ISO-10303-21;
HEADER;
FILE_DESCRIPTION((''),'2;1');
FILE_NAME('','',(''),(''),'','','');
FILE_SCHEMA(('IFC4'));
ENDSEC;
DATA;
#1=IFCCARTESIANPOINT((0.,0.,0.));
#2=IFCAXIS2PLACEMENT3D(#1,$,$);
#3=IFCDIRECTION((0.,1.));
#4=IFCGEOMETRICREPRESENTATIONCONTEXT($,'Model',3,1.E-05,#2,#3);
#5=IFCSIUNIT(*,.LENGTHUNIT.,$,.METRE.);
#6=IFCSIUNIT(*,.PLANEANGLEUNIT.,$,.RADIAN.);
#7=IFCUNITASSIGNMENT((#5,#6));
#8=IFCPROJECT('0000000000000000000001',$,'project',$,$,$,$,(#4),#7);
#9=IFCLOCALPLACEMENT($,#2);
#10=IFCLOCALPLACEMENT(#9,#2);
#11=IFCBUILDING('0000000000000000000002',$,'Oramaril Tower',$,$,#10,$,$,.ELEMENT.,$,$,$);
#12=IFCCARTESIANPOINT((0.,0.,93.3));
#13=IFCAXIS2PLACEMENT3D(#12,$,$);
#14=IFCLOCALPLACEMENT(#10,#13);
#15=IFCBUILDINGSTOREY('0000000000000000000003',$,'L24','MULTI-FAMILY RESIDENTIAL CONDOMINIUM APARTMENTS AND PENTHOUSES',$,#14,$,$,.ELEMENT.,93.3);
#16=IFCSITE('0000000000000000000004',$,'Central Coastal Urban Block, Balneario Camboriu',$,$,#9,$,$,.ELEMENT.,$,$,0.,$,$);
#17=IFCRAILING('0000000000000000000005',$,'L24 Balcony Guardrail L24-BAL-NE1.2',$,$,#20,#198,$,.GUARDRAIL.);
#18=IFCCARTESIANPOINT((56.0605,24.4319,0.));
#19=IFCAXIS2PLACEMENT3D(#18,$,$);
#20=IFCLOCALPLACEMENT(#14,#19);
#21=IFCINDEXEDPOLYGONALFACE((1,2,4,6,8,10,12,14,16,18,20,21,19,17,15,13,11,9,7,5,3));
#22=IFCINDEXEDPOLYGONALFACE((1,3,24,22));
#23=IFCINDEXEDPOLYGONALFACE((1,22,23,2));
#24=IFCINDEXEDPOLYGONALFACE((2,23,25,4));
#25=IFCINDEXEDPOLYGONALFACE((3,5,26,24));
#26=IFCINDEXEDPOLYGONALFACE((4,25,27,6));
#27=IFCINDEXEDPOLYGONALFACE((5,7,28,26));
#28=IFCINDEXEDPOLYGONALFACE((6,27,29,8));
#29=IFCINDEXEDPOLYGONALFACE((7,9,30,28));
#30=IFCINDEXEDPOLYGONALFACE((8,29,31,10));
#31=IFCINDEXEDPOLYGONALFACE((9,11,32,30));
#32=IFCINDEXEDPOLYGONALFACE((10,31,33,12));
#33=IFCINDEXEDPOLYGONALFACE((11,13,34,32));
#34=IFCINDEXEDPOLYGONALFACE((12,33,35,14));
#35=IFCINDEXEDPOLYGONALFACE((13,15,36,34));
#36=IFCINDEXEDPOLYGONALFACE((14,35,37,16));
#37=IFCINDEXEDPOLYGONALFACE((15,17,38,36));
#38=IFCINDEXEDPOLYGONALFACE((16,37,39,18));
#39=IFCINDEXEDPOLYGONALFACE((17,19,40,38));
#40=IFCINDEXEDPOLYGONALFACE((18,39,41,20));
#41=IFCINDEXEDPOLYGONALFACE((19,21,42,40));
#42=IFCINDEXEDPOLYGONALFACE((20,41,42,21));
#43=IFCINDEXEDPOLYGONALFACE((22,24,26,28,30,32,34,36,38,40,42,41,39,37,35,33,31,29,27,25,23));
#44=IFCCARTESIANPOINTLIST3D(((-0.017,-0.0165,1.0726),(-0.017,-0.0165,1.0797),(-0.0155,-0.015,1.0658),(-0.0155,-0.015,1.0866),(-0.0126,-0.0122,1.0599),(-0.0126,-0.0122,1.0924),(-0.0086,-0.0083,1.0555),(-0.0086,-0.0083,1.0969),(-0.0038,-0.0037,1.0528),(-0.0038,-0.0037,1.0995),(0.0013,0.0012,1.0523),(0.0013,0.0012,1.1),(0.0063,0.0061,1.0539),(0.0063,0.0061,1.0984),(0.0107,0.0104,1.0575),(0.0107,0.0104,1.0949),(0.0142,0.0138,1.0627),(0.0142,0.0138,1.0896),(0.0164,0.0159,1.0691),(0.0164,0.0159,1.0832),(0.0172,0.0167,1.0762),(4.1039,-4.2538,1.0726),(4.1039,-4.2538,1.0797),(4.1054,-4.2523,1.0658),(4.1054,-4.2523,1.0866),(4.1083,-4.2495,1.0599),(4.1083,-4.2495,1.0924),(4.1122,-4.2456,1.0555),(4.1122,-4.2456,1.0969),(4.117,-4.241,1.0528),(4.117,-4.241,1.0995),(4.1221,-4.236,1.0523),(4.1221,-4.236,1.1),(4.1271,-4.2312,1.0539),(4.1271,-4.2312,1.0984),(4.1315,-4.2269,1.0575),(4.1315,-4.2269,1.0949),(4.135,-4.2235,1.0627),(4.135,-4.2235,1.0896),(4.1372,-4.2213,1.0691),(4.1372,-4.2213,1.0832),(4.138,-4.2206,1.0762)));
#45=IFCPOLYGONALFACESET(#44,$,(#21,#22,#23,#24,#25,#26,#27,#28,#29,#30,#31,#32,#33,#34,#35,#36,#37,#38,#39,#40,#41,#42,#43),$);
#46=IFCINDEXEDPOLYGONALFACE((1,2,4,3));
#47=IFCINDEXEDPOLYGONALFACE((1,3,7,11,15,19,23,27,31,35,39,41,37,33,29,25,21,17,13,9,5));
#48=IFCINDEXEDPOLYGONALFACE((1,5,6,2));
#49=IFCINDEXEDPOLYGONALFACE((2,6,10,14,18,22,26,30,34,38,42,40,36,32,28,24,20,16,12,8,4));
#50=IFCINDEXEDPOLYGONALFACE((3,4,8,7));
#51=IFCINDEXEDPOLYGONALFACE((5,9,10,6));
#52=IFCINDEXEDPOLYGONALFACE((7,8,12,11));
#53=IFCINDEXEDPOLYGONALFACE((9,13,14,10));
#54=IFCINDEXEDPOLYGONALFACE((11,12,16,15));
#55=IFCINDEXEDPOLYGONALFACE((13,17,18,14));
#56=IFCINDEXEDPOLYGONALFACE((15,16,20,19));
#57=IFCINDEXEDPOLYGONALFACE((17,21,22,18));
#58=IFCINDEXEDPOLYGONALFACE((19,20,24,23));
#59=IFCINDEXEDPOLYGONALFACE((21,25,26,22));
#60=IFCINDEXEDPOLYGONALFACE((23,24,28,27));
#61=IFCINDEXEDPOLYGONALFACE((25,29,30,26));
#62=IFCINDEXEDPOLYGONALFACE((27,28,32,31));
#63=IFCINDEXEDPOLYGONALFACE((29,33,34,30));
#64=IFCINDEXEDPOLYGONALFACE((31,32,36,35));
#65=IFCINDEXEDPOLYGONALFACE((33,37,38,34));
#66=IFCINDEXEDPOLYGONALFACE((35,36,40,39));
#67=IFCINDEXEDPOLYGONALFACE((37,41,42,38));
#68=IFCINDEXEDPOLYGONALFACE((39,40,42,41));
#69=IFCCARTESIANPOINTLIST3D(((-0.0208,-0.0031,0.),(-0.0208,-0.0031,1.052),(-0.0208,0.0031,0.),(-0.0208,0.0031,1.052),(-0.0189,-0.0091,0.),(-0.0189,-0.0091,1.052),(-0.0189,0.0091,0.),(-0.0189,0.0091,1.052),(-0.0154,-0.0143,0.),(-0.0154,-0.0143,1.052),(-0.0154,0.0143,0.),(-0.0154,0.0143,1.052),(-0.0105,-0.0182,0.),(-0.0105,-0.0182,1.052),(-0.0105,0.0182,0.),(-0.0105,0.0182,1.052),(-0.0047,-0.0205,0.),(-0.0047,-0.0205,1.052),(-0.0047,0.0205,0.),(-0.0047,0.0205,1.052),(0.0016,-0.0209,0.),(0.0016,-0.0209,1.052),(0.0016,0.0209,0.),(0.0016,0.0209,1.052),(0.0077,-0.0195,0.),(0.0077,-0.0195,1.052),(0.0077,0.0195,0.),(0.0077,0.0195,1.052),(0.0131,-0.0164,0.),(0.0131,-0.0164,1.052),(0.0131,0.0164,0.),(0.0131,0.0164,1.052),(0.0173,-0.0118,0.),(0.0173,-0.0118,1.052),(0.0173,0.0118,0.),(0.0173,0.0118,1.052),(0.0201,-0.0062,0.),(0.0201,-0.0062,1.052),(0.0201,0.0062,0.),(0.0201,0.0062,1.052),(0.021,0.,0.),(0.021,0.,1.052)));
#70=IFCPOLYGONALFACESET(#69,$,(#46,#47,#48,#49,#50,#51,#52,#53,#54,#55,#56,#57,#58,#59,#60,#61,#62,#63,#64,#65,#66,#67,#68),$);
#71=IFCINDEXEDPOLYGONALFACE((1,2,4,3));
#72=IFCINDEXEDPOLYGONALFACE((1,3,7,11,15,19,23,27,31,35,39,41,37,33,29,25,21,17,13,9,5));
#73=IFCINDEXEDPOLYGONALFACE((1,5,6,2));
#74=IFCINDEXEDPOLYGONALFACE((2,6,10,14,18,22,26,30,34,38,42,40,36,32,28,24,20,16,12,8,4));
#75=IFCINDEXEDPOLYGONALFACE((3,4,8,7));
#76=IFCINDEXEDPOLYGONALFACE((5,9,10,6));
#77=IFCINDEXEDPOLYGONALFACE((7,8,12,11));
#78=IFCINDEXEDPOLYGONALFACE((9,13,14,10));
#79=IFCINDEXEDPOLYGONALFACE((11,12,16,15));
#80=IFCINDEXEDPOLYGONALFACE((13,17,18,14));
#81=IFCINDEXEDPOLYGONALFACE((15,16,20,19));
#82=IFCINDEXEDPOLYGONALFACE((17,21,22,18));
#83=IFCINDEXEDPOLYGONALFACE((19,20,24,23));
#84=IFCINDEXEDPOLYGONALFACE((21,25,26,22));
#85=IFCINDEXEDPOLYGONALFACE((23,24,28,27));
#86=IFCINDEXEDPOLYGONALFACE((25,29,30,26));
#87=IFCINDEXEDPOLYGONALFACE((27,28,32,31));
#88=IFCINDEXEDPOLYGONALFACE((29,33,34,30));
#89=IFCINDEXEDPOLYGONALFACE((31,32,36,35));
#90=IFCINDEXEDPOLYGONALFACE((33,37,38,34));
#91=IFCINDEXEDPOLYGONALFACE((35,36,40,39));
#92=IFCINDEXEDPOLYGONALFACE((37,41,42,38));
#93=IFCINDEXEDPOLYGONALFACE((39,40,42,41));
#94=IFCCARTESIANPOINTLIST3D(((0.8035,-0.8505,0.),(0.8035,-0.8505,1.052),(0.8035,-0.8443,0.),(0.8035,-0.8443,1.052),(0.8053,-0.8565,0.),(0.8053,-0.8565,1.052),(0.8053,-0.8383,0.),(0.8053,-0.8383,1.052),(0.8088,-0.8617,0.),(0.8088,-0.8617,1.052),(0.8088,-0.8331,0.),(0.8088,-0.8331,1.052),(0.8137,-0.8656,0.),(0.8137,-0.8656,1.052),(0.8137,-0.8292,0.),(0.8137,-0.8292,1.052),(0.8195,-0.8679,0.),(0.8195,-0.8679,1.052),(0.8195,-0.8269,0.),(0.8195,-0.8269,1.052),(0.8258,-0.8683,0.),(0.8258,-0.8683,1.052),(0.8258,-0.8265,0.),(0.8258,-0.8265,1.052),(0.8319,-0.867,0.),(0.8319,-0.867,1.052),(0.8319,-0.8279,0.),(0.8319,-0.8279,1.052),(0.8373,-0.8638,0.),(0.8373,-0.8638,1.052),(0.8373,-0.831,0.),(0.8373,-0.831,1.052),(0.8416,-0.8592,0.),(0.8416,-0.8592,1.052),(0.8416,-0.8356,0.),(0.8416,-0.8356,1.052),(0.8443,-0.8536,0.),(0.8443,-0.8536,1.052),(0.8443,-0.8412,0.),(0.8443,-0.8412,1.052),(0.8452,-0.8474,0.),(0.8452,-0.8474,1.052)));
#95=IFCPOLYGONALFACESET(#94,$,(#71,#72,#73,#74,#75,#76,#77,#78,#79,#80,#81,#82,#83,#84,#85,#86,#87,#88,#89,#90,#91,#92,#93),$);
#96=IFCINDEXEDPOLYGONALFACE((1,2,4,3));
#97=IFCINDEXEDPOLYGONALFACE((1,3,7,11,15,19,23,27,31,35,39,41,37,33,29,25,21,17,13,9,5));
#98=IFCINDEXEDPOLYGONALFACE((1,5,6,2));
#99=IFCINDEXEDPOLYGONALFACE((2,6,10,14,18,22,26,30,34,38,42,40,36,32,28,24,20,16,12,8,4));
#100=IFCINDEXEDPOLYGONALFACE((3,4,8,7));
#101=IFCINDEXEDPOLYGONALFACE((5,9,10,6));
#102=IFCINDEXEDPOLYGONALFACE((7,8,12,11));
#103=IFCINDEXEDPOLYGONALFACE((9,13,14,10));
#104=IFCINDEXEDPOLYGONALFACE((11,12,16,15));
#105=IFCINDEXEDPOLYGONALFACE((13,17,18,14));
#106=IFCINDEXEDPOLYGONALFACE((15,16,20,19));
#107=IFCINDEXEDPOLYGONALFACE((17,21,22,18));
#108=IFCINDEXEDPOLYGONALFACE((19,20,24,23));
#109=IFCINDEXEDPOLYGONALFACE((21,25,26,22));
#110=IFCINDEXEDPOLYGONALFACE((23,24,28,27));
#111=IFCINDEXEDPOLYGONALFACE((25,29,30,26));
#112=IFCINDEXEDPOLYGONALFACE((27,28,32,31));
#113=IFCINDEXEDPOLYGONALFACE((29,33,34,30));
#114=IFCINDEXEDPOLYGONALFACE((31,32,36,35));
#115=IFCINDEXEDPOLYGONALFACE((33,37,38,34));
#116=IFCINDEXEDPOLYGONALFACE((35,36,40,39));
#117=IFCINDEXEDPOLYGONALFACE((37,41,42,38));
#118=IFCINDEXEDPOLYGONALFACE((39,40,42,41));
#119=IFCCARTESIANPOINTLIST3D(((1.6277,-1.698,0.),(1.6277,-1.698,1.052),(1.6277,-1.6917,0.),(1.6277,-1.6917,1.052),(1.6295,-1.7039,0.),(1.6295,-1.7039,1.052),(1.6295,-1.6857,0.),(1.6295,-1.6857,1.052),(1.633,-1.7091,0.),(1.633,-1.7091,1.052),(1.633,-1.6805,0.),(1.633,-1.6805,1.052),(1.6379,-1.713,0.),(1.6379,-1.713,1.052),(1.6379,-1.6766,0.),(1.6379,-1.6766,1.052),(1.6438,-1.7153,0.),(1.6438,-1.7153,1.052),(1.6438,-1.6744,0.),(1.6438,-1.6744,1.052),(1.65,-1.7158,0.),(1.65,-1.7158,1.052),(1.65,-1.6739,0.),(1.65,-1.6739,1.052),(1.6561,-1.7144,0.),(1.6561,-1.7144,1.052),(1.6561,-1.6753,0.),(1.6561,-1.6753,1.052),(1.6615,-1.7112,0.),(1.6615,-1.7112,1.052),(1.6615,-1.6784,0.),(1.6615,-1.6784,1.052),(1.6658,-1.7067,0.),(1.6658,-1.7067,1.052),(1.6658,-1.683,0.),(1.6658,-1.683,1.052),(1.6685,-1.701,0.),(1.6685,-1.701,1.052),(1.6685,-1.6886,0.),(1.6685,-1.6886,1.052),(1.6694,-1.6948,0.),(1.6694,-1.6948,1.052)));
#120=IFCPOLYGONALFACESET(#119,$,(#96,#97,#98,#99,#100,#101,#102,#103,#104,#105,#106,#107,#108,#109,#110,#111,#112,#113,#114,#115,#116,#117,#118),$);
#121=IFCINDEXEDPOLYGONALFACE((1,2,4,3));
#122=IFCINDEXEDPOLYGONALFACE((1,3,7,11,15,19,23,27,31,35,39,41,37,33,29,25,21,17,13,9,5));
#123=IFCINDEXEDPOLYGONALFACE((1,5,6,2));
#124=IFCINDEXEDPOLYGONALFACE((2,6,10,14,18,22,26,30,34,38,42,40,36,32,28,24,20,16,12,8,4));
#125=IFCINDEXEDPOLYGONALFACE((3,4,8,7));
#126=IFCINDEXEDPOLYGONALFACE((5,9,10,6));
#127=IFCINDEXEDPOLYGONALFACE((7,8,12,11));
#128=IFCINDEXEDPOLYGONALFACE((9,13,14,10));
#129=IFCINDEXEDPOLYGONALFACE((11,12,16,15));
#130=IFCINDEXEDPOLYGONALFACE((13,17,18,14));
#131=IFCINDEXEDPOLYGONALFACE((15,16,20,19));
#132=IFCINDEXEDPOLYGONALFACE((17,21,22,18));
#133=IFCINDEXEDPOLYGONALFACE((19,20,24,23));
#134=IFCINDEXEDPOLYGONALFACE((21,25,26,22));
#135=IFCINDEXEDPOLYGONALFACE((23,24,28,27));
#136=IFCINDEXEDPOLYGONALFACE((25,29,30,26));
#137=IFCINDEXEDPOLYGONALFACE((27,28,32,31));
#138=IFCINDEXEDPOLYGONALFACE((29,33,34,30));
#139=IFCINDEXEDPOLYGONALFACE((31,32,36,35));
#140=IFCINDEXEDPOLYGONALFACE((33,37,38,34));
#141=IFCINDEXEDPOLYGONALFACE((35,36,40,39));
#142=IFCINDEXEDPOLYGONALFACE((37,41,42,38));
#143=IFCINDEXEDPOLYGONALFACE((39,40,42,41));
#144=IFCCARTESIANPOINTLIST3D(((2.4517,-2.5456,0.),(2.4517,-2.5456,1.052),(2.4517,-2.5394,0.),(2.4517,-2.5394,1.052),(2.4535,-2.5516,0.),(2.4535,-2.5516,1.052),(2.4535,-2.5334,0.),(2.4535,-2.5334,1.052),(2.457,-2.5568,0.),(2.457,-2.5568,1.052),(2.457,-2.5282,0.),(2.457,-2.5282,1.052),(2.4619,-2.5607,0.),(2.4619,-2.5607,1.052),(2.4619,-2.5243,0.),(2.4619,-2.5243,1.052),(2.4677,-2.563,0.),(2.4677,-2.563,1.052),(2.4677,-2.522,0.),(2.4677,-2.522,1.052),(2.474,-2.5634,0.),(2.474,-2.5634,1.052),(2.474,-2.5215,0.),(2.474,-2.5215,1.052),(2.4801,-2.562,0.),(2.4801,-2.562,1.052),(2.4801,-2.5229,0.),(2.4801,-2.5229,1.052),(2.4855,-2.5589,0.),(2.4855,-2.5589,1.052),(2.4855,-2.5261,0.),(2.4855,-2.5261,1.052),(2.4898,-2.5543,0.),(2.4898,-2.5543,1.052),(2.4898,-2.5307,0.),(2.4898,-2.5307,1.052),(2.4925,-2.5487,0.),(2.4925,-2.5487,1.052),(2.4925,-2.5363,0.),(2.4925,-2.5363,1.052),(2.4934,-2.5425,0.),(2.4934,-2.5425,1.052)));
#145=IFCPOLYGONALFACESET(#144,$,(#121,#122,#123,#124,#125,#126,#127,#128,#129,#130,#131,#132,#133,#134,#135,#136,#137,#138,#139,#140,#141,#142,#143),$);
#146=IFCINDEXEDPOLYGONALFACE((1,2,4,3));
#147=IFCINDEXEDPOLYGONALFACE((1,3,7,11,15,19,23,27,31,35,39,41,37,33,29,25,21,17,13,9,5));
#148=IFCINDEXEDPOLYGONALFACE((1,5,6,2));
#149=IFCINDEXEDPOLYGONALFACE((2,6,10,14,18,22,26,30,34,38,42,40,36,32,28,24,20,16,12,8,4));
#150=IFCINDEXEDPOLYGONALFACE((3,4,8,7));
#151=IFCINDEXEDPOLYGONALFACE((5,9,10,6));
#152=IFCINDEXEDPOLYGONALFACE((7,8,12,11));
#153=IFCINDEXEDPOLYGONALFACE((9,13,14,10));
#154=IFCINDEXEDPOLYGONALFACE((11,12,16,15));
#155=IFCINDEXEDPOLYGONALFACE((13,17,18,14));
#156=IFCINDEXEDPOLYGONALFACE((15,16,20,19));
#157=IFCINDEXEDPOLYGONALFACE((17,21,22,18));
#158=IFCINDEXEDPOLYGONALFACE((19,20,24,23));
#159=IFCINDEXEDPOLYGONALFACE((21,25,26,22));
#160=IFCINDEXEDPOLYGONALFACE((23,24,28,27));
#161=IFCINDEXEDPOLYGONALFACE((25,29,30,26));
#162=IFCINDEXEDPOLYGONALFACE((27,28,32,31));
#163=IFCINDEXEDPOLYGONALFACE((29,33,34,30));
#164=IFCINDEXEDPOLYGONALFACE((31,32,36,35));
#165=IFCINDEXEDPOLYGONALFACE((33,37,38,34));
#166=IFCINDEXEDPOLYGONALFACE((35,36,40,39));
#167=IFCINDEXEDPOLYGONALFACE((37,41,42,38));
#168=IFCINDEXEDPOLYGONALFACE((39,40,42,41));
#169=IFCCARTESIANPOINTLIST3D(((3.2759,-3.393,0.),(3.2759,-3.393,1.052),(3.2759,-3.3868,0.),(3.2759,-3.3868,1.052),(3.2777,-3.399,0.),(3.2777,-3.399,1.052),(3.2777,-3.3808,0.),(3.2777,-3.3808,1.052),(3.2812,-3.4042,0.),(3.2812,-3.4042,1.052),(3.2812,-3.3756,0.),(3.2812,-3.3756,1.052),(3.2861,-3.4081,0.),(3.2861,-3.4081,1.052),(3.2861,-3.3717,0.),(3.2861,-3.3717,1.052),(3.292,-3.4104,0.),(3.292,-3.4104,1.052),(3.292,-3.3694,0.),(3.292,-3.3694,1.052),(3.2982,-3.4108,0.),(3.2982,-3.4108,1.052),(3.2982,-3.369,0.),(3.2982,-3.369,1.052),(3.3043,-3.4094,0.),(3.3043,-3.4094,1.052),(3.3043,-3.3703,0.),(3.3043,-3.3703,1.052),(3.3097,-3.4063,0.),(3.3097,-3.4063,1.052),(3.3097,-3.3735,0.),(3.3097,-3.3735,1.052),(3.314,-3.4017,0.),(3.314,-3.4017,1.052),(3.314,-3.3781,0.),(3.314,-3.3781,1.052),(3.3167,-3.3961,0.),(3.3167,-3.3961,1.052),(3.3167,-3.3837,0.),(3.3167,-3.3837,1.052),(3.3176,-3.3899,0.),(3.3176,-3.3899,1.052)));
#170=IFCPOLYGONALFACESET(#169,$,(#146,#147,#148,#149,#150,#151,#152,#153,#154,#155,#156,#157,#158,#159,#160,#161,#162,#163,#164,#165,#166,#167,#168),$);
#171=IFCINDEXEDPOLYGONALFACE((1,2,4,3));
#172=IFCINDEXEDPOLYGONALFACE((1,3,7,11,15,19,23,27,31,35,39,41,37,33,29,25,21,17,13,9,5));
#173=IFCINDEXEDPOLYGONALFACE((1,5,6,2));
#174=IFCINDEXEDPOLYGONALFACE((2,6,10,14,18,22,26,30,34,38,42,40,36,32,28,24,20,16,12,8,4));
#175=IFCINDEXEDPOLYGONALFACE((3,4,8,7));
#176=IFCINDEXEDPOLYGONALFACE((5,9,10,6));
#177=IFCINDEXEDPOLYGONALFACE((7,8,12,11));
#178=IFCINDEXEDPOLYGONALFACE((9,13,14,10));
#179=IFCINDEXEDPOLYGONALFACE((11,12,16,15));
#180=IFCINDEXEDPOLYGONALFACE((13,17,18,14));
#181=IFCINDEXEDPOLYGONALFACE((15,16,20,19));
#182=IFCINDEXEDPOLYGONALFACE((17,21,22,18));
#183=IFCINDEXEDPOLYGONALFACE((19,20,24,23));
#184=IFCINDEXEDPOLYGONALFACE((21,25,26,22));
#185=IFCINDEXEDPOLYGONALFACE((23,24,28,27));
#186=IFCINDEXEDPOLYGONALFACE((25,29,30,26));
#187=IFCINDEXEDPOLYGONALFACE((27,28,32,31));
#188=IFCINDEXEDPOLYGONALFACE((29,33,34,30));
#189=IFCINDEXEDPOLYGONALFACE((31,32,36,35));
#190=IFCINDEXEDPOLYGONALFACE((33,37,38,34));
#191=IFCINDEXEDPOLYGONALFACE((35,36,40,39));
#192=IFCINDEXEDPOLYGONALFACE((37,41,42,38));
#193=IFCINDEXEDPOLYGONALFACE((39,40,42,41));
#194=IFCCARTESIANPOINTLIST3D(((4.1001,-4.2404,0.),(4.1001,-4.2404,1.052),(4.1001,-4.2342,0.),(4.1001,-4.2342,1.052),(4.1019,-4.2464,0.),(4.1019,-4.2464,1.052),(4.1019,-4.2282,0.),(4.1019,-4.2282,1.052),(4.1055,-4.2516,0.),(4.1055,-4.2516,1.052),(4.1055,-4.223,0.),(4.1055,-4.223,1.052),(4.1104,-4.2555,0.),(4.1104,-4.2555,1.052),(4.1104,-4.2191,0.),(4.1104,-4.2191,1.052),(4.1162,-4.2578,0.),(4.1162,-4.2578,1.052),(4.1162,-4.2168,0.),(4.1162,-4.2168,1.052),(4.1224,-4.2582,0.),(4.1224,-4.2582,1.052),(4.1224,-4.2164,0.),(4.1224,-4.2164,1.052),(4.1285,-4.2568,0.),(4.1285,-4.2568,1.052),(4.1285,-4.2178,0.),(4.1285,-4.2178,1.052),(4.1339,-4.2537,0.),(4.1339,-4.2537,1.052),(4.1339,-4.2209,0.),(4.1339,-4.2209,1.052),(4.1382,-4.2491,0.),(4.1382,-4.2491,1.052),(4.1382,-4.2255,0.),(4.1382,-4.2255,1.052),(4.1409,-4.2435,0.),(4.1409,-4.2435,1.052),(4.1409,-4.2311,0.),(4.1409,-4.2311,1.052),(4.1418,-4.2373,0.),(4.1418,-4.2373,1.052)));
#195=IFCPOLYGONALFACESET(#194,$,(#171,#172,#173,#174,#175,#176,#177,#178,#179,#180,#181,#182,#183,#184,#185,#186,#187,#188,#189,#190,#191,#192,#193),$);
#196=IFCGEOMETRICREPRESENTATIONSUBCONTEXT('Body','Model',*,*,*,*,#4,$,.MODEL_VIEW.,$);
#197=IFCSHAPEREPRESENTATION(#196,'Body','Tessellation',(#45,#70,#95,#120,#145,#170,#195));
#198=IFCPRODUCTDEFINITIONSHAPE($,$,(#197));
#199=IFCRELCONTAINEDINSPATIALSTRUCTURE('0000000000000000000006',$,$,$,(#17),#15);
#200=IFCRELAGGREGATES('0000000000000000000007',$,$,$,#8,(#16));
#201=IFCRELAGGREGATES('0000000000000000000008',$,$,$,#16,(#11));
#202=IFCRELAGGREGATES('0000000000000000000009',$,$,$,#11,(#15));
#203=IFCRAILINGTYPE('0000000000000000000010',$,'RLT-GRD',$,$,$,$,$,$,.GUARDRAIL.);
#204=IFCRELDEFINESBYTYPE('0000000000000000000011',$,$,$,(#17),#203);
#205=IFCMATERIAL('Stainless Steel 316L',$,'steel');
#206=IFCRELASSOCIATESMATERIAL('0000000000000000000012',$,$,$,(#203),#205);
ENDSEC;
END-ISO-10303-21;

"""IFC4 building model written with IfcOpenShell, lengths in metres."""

from ifc_helpers import new_model, si_unit, direction, frame, origin, origin_2d, place, context, subcontext, project, spatial, circle, extrude, material, type_object, element, save


model = new_model("IFC4")

# Units and contexts
model_context = context("Model", 3, precision=1e-05, world=origin(), true_north=direction((0.0, 1.0)))
body_context = subcontext(model_context, "Body", "Model", "MODEL_VIEW")
ifc_project = project(units=[si_unit("LENGTHUNIT", "METRE"), si_unit("PLANEANGLEUNIT", "RADIAN")], contexts=[model_context])

# Site, building, storey
site_placement = place(None, origin())
site = spatial("IfcSite", under=ifc_project, at=site_placement, Name="Central Coastal Urban Block, Balneario Camboriu", CompositionType="ELEMENT", RefElevation=0.0)
building_placement = place(site_placement, origin())
building = spatial("IfcBuilding", under=site, at=building_placement, Name="Oramaril Tower", CompositionType="ELEMENT")
storey_placement = place(building_placement, frame((0.0, 0.0, 93.3)))
storey = spatial("IfcBuildingStorey", under=building, at=storey_placement, Name="L24", Description="MULTI-FAMILY RESIDENTIAL CONDOMINIUM APARTMENTS AND PENTHOUSES", CompositionType="ELEMENT", Elevation=93.3)

# Railing
ifc_material_1 = material(Name="Stainless Steel 316L", Category="steel")
railing_type = type_object("IfcRailingType", Name="RLT-GRD", PredefinedType="GUARDRAIL", material=ifc_material_1)
railing_1_placement = place(storey_placement, frame((56.0605, 24.4319, 0.0)))
element("IfcRailing", 1, at=railing_1_placement, inside=storey, type_object=railing_type, Name="L24 Balcony Guardrail L24-BAL-NE1.2", PredefinedType="GUARDRAIL", context=body_context, shape_type="SweptSolid", body=[
    extrude(circle(Radius=0.0239, at=origin_2d()), frame((0.0, 0.0, 1.0762), z_axis=(0.697187, -0.716889, 0.0), x_axis=(0.716889, 0.697187, 0.0)), (0.0, 0.0, 1.0), 5.9106),
    extrude(circle(Radius=0.021, at=origin_2d()), origin(), (0.0, 0.0, 1.0), 1.052),
    extrude(circle(Radius=0.021, at=origin_2d()), frame((0.8242, -0.8474, 0.0)), (0.0, 0.0, 1.0), 1.052),
    extrude(circle(Radius=0.021, at=origin_2d()), frame((1.6484, -1.6948, 0.0)), (0.0, 0.0, 1.0), 1.052),
    extrude(circle(Radius=0.021, at=origin_2d()), frame((2.4724, -2.5425, 0.0)), (0.0, 0.0, 1.0), 1.052),
    extrude(circle(Radius=0.021, at=origin_2d()), frame((3.2966, -3.3899, 0.0)), (0.0, 0.0, 1.0), 1.052),
    extrude(circle(Radius=0.021, at=origin_2d()), frame((4.1208, -4.2373, 0.0)), (0.0, 0.0, 1.0), 1.052),
])

save(model, "model.ifc")
